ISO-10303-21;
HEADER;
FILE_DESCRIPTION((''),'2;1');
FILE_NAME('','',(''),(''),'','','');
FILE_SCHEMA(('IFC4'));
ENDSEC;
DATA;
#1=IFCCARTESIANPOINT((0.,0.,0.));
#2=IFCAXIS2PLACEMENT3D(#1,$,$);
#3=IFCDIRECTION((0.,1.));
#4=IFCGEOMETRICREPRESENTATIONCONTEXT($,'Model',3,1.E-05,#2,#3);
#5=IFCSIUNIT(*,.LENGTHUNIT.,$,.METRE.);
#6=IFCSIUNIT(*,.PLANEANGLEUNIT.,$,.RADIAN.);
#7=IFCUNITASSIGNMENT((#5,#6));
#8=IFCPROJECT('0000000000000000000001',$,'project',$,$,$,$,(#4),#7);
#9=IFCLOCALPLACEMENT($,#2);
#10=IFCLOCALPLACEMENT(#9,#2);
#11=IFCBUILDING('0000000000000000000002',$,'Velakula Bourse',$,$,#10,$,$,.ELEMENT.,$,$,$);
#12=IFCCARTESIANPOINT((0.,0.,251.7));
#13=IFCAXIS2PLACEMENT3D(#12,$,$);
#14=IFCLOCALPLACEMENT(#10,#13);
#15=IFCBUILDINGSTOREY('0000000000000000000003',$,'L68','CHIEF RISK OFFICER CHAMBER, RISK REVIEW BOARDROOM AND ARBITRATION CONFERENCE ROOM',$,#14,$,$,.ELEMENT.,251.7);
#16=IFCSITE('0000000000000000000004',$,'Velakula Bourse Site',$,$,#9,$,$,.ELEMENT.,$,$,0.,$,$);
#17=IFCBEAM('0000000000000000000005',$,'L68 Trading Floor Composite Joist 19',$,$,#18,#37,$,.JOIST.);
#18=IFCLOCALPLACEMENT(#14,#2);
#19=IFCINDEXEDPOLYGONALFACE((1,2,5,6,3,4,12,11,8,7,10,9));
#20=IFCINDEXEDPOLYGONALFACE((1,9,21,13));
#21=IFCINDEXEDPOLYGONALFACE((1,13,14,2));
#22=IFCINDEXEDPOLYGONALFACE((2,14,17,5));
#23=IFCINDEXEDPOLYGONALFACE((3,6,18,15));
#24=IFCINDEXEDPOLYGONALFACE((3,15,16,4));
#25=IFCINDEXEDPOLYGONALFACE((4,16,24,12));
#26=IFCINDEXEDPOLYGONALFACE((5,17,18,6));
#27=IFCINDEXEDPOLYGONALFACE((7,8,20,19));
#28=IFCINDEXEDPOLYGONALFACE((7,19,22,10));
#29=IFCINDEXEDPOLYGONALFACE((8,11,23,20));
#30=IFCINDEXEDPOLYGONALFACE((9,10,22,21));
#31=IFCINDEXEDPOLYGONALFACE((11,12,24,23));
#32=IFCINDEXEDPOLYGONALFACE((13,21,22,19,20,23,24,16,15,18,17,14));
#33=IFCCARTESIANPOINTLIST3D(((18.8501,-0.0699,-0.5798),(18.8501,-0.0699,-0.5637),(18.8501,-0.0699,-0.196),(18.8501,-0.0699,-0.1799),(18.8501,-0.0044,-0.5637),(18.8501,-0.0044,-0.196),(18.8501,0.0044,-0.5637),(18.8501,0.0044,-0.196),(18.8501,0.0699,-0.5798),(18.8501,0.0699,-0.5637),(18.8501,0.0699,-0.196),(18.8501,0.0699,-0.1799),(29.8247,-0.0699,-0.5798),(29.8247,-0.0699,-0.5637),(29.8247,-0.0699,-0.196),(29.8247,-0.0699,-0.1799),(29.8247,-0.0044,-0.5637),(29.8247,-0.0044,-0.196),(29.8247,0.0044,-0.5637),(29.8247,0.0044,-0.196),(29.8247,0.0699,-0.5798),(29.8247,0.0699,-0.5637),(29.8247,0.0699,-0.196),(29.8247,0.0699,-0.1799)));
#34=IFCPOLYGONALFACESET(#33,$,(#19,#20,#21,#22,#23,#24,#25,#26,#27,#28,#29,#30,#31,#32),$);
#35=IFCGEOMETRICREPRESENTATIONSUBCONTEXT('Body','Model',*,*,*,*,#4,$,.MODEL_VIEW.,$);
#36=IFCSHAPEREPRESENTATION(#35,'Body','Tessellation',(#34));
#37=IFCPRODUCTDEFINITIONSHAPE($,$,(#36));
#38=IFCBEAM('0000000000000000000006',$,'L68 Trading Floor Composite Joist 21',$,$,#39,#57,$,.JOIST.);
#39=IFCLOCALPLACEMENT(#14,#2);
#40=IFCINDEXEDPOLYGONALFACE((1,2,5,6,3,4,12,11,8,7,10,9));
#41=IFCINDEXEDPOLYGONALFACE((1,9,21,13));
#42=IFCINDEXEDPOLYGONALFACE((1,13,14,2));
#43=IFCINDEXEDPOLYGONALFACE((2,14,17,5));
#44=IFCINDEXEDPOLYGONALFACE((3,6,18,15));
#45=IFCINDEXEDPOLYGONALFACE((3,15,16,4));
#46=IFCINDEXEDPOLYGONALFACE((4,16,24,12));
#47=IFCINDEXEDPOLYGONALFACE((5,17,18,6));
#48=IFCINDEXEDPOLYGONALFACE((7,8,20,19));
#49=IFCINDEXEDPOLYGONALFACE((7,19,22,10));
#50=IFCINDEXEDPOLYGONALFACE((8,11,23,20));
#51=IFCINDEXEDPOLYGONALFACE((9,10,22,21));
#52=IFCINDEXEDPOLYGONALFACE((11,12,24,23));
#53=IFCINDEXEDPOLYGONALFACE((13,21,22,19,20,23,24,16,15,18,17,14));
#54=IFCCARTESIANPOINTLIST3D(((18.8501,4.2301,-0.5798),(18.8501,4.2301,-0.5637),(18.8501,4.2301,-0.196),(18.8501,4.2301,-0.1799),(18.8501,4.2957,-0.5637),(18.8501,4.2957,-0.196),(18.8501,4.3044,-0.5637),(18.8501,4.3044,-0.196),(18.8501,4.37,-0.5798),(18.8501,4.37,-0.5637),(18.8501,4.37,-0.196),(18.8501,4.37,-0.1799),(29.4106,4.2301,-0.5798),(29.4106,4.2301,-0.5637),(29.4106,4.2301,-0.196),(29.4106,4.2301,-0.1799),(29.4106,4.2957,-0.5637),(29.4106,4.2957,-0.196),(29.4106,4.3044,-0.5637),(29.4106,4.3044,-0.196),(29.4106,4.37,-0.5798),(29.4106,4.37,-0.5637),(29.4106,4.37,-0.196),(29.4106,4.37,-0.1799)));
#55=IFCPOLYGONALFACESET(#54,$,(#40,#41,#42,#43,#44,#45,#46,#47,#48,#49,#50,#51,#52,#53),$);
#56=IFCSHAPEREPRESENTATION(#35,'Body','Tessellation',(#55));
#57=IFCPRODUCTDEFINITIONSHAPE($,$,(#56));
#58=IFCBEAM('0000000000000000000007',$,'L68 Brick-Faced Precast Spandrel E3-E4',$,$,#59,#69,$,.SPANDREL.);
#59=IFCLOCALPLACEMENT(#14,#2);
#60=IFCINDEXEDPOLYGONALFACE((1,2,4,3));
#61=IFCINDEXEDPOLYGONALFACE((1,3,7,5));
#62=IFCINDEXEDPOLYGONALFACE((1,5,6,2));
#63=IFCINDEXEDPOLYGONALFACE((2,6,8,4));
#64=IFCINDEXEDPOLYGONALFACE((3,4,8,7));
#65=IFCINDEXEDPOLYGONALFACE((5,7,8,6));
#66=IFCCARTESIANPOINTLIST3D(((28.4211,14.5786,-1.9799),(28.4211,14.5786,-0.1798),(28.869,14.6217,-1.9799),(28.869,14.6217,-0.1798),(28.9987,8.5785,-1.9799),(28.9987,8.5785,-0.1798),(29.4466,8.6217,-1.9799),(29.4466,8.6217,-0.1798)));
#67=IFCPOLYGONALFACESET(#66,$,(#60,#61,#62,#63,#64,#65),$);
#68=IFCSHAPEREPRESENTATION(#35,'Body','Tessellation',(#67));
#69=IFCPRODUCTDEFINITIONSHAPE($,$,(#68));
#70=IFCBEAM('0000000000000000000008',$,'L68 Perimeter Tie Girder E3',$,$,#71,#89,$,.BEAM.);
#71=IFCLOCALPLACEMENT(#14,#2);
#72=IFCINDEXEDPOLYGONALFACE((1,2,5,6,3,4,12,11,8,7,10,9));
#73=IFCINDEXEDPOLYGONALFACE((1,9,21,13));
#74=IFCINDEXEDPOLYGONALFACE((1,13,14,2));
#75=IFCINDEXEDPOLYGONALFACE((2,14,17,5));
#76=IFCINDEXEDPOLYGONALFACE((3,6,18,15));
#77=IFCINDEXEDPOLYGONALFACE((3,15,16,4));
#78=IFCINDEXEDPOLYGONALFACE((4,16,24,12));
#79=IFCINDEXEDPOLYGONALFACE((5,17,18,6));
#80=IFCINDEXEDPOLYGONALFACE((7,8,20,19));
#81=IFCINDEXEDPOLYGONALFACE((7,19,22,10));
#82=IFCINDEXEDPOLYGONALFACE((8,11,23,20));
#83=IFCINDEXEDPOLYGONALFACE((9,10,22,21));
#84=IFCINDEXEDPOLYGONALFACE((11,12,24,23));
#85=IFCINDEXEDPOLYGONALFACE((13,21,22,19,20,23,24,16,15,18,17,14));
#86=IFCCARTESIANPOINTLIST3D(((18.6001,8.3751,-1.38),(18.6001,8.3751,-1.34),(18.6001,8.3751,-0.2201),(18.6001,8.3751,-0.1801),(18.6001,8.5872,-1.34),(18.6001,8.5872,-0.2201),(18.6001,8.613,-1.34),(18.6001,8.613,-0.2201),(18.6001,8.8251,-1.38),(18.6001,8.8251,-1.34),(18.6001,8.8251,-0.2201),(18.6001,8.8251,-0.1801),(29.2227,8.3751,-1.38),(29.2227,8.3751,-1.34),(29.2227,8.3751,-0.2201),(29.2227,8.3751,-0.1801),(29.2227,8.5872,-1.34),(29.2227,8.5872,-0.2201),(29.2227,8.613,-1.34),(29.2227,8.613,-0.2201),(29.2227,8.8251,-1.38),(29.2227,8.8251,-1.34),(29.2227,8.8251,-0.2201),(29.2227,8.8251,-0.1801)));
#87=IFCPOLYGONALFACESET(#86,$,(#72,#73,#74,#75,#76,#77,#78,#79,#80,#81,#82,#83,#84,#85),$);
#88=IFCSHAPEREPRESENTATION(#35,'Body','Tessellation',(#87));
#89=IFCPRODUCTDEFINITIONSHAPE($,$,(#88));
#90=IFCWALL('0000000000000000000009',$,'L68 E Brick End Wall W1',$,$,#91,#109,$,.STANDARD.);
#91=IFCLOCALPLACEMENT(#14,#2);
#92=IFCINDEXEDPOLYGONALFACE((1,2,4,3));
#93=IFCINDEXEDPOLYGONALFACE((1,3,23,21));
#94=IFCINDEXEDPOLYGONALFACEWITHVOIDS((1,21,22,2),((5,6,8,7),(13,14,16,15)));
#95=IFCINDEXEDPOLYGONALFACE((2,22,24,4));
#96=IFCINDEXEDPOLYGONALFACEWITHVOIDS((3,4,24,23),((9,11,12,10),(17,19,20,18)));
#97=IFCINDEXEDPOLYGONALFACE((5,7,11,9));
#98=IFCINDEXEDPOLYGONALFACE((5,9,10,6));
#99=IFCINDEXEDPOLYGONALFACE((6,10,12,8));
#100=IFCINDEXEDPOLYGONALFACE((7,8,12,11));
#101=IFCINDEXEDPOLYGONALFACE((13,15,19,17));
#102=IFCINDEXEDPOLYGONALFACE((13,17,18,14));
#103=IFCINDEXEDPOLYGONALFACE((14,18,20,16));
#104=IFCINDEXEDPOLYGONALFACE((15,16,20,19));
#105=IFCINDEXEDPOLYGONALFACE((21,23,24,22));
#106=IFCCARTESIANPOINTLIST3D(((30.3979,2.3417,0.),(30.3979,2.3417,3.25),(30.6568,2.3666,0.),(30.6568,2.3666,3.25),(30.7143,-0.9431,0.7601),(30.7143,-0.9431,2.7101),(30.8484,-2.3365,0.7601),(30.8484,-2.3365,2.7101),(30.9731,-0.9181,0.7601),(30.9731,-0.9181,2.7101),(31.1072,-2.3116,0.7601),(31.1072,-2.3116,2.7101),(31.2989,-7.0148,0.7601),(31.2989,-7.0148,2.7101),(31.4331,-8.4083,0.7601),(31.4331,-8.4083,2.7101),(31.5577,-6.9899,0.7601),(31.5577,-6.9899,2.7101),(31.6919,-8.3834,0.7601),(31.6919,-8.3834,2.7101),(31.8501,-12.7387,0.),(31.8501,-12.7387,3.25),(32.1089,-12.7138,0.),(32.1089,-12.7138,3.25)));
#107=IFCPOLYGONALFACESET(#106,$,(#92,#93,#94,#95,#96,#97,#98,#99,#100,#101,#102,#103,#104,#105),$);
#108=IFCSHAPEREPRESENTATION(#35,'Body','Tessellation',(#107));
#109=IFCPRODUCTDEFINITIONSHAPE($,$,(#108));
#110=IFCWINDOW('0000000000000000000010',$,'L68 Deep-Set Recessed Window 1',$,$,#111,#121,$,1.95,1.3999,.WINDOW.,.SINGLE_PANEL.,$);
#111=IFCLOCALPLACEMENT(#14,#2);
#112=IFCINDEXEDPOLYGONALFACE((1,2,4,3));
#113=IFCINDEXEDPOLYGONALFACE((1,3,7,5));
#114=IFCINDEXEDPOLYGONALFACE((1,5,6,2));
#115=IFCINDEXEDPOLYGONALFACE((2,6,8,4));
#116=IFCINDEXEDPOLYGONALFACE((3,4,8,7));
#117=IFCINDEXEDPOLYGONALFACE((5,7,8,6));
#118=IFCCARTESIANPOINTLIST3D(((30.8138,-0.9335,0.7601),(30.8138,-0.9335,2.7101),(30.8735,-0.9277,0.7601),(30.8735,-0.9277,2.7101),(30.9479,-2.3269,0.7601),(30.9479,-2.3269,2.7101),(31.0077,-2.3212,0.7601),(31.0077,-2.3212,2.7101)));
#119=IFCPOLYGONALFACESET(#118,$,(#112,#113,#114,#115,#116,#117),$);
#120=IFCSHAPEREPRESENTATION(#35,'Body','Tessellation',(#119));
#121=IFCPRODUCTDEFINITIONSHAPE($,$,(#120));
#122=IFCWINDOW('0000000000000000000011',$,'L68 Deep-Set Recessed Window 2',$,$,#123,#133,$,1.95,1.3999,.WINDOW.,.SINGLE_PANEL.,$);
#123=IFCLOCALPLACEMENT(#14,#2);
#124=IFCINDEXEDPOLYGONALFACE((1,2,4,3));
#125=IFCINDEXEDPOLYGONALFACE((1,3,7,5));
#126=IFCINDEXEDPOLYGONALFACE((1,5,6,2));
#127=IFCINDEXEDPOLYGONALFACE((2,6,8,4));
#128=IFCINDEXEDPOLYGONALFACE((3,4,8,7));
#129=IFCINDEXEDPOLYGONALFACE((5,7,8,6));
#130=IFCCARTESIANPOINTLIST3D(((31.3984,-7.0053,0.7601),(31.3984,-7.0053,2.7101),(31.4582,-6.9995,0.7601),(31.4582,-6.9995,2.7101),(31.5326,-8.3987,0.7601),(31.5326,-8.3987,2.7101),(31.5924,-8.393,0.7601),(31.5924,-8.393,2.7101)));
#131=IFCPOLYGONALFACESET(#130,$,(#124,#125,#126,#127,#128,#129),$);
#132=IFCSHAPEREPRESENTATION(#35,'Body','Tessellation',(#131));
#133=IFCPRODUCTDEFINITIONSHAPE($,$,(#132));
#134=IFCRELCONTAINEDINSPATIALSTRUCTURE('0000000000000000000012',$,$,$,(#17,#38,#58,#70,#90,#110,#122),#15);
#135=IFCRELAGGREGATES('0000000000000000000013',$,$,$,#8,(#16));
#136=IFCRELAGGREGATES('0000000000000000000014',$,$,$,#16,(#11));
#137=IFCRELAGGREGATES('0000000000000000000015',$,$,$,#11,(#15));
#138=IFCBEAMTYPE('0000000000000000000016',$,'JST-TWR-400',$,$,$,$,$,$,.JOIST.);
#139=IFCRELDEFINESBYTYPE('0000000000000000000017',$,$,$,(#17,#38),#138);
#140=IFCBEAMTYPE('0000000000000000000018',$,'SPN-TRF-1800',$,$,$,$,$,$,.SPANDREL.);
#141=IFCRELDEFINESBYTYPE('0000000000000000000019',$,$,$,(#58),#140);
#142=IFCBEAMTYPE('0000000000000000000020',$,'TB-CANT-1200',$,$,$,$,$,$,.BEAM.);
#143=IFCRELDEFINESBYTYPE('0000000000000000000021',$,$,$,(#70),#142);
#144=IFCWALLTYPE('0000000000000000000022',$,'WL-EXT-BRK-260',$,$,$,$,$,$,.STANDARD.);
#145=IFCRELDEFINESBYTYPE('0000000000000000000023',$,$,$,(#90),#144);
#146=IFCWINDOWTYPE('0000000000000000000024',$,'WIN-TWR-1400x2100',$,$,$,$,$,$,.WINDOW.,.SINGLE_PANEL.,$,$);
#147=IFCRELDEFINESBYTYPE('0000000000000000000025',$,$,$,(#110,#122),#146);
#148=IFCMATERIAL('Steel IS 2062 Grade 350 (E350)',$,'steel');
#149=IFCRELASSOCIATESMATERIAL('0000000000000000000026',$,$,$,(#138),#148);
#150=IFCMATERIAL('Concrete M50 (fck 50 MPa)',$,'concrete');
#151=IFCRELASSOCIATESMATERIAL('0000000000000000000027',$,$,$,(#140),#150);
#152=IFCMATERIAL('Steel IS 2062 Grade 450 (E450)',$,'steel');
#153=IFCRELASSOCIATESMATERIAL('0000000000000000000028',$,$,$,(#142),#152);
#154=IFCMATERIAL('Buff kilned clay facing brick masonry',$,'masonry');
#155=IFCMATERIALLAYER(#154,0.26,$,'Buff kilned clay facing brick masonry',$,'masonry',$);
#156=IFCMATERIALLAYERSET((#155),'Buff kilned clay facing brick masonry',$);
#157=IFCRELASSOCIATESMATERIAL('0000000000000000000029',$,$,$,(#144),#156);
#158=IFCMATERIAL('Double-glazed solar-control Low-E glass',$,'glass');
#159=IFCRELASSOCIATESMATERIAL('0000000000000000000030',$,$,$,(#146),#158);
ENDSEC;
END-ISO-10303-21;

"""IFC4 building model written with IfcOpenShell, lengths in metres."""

from ifc_helpers import new_model, si_unit, direction, frame, frame_2d, origin, origin_2d, place, context, subcontext, project, spatial, rectangle, i_section, extrude, material, layer, layer_set, material_profile, profile_set, type_object, element, fill, save


model = new_model("IFC4")

# Units and contexts
model_context = context("Model", 3, precision=1e-05, world=origin(), true_north=direction((0.0, 1.0)))
body_context = subcontext(model_context, "Body", "Model", "MODEL_VIEW")
ifc_project = project(units=[si_unit("LENGTHUNIT", "METRE"), si_unit("PLANEANGLEUNIT", "RADIAN")], contexts=[model_context])

# Site, building, storey
site_placement = place(None, origin())
site = spatial("IfcSite", under=ifc_project, at=site_placement, Name="Velakula Bourse Site", CompositionType="ELEMENT", RefElevation=0.0)
building_placement = place(site_placement, origin())
building = spatial("IfcBuilding", under=site, at=building_placement, Name="Velakula Bourse", CompositionType="ELEMENT")
storey_placement = place(building_placement, frame((0.0, 0.0, 251.7)))
storey = spatial("IfcBuildingStorey", under=building, at=storey_placement, Name="L68", Description="CHIEF RISK OFFICER CHAMBER, RISK REVIEW BOARDROOM AND ARBITRATION CONFERENCE ROOM", CompositionType="ELEMENT", Elevation=251.7)

# Shared definitions
ifc_material_1 = material(Name="Concrete M50 (fck 50 MPa)", Category="concrete")
ifc_material_2 = material(Name="Steel IS 2062 Grade 350 (E350)", Category="steel")

# Beams
ifc_material_profile_1 = material_profile(ifc_material_2, i_section(OverallWidth=0.1399, OverallDepth=0.3999, WebThickness=0.0088, FlangeThickness=0.0161, at=origin_2d()), Name="Steel IS 2062 Grade 350 (E350)")
ifc_profile_set_1 = profile_set([ifc_material_profile_1], Name="Steel IS 2062 Grade 350 (E350)")
beam_type_1 = type_object("IfcBeamType", Name="JST-TWR-400", PredefinedType="JOIST", material=ifc_profile_set_1)
beam_1_placement = place(storey_placement, frame((18.8501, 0.0, -0.3799), z_axis=(1.0, 0.0, 0.0), x_axis=(0.0, 1.0, 0.0)))
element("IfcBeam", 1, at=beam_1_placement, inside=storey, type_object=beam_type_1, Name="L68 Trading Floor Composite Joist 19", PredefinedType="JOIST", context=body_context, shape_type="SweptSolid", body=[
    extrude(i_section(OverallWidth=0.1399, OverallDepth=0.3999, WebThickness=0.0088, FlangeThickness=0.0161, at=origin_2d()), origin(), (0.0, 0.0, 1.0), 10.9746),
])
beam_2_placement = place(storey_placement, frame((18.8501, 4.3, -0.3799), z_axis=(1.0, 0.0, 0.0), x_axis=(0.0, 1.0, 0.0)))
element("IfcBeam", 2, at=beam_2_placement, inside=storey, type_object=beam_type_1, Name="L68 Trading Floor Composite Joist 21", PredefinedType="JOIST", context=body_context, shape_type="SweptSolid", body=[
    extrude(i_section(OverallWidth=0.1399, OverallDepth=0.3999, WebThickness=0.0088, FlangeThickness=0.0161, at=origin_2d()), origin(), (0.0, 0.0, 1.0), 10.5605),
])
ifc_material_profile_2 = material_profile(ifc_material_1, rectangle(XDim=0.45, YDim=1.8, at=origin_2d()), Name="Concrete M50 (fck 50 MPa)")
ifc_profile_set_2 = profile_set([ifc_material_profile_2], Name="Concrete M50 (fck 50 MPa)")
beam_type_2 = type_object("IfcBeamType", Name="SPN-TRF-1800", PredefinedType="SPANDREL", material=ifc_profile_set_2)
beam_3_placement = place(storey_placement, frame((29.2227, 8.6001, -1.0798), z_axis=(-0.09583, 0.995398, 0.0), x_axis=(-0.995398, -0.09583, 0.0)))
element("IfcBeam", 3, at=beam_3_placement, inside=storey, type_object=beam_type_2, Name="L68 Brick-Faced Precast Spandrel E3-E4", PredefinedType="SPANDREL", context=body_context, shape_type="SweptSolid", body=[
    extrude(rectangle(XDim=0.45, YDim=1.8, at=origin_2d()), origin(), (0.0, 0.0, 1.0), 6.0278),
])
ifc_material_3 = material(Name="Steel IS 2062 Grade 450 (E450)", Category="steel")
ifc_material_profile_3 = material_profile(ifc_material_3, i_section(OverallWidth=0.45, OverallDepth=1.2, WebThickness=0.0259, FlangeThickness=0.04, at=origin_2d()), Name="Steel IS 2062 Grade 450 (E450)")
ifc_profile_set_3 = profile_set([ifc_material_profile_3], Name="Steel IS 2062 Grade 450 (E450)")
beam_type_3 = type_object("IfcBeamType", Name="TB-CANT-1200", PredefinedType="BEAM", material=ifc_profile_set_3)
beam_4_placement = place(storey_placement, frame((18.6001, 8.6001, -0.78), z_axis=(1.0, 0.0, 0.0), x_axis=(0.0, 1.0, 0.0)))
element("IfcBeam", 4, at=beam_4_placement, inside=storey, type_object=beam_type_3, Name="L68 Perimeter Tie Girder E3", PredefinedType="BEAM", context=body_context, shape_type="SweptSolid", body=[
    extrude(i_section(OverallWidth=0.45, OverallDepth=1.2, WebThickness=0.0259, FlangeThickness=0.04, at=origin_2d()), origin(), (0.0, 0.0, 1.0), 10.6226),
])

# Wall, openings, windows
ifc_material_4 = material(Name="Buff kilned clay facing brick masonry", Category="masonry")
ifc_layer_1 = layer(ifc_material_4, 0.26, Name="Buff kilned clay facing brick masonry", Category="masonry")
ifc_layer_set_1 = layer_set([ifc_layer_1], Name="Buff kilned clay facing brick masonry")
wall_type_1 = type_object("IfcWallType", Name="WL-EXT-BRK-260", PredefinedType="STANDARD", material=ifc_layer_set_1)
wall_1_placement = place(storey_placement, frame((30.5273, 2.3542, 0.0), z_axis=(0.0, 0.0, 1.0), x_axis=(0.095851, -0.995396, 0.0)))
wall_1 = element("IfcWall", 5, at=wall_1_placement, inside=storey, type_object=wall_type_1, Name="L68 E Brick End Wall W1", PredefinedType="STANDARD", context=body_context, shape_type="SweptSolid", body=[
    extrude(rectangle(XDim=15.1501, YDim=0.26, at=frame_2d((7.5752, 0.0))), origin(), (0.0, 0.0, 1.0), 3.25),
])
opening_1_placement = place(wall_1_placement, frame((3.3, 0.0, 0.76)))
opening_1 = element("IfcOpeningElement", 6, at=opening_1_placement, cuts=wall_1, PredefinedType="OPENING", context=body_context, shape_type="SweptSolid", body=[
    extrude(rectangle(XDim=1.3999, YDim=1.95, at=frame_2d((0.7, 0.9751))), frame((0.0, 0.1399, 0.0), z_axis=(0.0, -1.0, 0.0), x_axis=(1.0, 0.0, 0.0)), (0.0, 0.0, 1.0), 0.28),
])
opening_2_placement = place(wall_1_placement, frame((9.3999, 0.0, 0.76)))
opening_2 = element("IfcOpeningElement", 7, at=opening_2_placement, cuts=wall_1, PredefinedType="OPENING", context=body_context, shape_type="SweptSolid", body=[
    extrude(rectangle(XDim=1.3999, YDim=1.95, at=frame_2d((0.7, 0.9751))), frame((0.0, 0.1399, 0.0), z_axis=(0.0, -1.0, 0.0), x_axis=(1.0, 0.0, 0.0)), (0.0, 0.0, 1.0), 0.28),
])
ifc_material_5 = material(Name="Double-glazed solar-control Low-E glass", Category="glass")
window_type = type_object("IfcWindowType", Name="WIN-TWR-1400x2100", PartitioningType="SINGLE_PANEL", PredefinedType="WINDOW", material=ifc_material_5)
window_1_placement = place(opening_1_placement, origin())
window_1 = element("IfcWindow", 8, at=window_1_placement, inside=storey, type_object=window_type, Name="L68 Deep-Set Recessed Window 1", OverallHeight=1.95, OverallWidth=1.3999, PartitioningType="SINGLE_PANEL", PredefinedType="WINDOW", context=body_context, shape_type="SweptSolid", body=[
    extrude(rectangle(XDim=1.3999, YDim=1.95, at=frame_2d((0.7, 0.9751))), frame((0.0, 0.03, 0.0), z_axis=(0.0, -1.0, 0.0), x_axis=(1.0, 0.0, 0.0)), (0.0, 0.0, 1.0), 0.0601),
])
fill(opening_1, window_1)
window_2_placement = place(opening_2_placement, origin())
window_2 = element("IfcWindow", 9, at=window_2_placement, inside=storey, type_object=window_type, Name="L68 Deep-Set Recessed Window 2", OverallHeight=1.95, OverallWidth=1.3999, PartitioningType="SINGLE_PANEL", PredefinedType="WINDOW", context=body_context, shape_type="SweptSolid", body=[
    extrude(rectangle(XDim=1.3999, YDim=1.95, at=frame_2d((0.7, 0.9751))), frame((0.0, 0.03, 0.0), z_axis=(0.0, -1.0, 0.0), x_axis=(1.0, 0.0, 0.0)), (0.0, 0.0, 1.0), 0.0601),
])
fill(opening_2, window_2)

save(model, "model.ifc")
